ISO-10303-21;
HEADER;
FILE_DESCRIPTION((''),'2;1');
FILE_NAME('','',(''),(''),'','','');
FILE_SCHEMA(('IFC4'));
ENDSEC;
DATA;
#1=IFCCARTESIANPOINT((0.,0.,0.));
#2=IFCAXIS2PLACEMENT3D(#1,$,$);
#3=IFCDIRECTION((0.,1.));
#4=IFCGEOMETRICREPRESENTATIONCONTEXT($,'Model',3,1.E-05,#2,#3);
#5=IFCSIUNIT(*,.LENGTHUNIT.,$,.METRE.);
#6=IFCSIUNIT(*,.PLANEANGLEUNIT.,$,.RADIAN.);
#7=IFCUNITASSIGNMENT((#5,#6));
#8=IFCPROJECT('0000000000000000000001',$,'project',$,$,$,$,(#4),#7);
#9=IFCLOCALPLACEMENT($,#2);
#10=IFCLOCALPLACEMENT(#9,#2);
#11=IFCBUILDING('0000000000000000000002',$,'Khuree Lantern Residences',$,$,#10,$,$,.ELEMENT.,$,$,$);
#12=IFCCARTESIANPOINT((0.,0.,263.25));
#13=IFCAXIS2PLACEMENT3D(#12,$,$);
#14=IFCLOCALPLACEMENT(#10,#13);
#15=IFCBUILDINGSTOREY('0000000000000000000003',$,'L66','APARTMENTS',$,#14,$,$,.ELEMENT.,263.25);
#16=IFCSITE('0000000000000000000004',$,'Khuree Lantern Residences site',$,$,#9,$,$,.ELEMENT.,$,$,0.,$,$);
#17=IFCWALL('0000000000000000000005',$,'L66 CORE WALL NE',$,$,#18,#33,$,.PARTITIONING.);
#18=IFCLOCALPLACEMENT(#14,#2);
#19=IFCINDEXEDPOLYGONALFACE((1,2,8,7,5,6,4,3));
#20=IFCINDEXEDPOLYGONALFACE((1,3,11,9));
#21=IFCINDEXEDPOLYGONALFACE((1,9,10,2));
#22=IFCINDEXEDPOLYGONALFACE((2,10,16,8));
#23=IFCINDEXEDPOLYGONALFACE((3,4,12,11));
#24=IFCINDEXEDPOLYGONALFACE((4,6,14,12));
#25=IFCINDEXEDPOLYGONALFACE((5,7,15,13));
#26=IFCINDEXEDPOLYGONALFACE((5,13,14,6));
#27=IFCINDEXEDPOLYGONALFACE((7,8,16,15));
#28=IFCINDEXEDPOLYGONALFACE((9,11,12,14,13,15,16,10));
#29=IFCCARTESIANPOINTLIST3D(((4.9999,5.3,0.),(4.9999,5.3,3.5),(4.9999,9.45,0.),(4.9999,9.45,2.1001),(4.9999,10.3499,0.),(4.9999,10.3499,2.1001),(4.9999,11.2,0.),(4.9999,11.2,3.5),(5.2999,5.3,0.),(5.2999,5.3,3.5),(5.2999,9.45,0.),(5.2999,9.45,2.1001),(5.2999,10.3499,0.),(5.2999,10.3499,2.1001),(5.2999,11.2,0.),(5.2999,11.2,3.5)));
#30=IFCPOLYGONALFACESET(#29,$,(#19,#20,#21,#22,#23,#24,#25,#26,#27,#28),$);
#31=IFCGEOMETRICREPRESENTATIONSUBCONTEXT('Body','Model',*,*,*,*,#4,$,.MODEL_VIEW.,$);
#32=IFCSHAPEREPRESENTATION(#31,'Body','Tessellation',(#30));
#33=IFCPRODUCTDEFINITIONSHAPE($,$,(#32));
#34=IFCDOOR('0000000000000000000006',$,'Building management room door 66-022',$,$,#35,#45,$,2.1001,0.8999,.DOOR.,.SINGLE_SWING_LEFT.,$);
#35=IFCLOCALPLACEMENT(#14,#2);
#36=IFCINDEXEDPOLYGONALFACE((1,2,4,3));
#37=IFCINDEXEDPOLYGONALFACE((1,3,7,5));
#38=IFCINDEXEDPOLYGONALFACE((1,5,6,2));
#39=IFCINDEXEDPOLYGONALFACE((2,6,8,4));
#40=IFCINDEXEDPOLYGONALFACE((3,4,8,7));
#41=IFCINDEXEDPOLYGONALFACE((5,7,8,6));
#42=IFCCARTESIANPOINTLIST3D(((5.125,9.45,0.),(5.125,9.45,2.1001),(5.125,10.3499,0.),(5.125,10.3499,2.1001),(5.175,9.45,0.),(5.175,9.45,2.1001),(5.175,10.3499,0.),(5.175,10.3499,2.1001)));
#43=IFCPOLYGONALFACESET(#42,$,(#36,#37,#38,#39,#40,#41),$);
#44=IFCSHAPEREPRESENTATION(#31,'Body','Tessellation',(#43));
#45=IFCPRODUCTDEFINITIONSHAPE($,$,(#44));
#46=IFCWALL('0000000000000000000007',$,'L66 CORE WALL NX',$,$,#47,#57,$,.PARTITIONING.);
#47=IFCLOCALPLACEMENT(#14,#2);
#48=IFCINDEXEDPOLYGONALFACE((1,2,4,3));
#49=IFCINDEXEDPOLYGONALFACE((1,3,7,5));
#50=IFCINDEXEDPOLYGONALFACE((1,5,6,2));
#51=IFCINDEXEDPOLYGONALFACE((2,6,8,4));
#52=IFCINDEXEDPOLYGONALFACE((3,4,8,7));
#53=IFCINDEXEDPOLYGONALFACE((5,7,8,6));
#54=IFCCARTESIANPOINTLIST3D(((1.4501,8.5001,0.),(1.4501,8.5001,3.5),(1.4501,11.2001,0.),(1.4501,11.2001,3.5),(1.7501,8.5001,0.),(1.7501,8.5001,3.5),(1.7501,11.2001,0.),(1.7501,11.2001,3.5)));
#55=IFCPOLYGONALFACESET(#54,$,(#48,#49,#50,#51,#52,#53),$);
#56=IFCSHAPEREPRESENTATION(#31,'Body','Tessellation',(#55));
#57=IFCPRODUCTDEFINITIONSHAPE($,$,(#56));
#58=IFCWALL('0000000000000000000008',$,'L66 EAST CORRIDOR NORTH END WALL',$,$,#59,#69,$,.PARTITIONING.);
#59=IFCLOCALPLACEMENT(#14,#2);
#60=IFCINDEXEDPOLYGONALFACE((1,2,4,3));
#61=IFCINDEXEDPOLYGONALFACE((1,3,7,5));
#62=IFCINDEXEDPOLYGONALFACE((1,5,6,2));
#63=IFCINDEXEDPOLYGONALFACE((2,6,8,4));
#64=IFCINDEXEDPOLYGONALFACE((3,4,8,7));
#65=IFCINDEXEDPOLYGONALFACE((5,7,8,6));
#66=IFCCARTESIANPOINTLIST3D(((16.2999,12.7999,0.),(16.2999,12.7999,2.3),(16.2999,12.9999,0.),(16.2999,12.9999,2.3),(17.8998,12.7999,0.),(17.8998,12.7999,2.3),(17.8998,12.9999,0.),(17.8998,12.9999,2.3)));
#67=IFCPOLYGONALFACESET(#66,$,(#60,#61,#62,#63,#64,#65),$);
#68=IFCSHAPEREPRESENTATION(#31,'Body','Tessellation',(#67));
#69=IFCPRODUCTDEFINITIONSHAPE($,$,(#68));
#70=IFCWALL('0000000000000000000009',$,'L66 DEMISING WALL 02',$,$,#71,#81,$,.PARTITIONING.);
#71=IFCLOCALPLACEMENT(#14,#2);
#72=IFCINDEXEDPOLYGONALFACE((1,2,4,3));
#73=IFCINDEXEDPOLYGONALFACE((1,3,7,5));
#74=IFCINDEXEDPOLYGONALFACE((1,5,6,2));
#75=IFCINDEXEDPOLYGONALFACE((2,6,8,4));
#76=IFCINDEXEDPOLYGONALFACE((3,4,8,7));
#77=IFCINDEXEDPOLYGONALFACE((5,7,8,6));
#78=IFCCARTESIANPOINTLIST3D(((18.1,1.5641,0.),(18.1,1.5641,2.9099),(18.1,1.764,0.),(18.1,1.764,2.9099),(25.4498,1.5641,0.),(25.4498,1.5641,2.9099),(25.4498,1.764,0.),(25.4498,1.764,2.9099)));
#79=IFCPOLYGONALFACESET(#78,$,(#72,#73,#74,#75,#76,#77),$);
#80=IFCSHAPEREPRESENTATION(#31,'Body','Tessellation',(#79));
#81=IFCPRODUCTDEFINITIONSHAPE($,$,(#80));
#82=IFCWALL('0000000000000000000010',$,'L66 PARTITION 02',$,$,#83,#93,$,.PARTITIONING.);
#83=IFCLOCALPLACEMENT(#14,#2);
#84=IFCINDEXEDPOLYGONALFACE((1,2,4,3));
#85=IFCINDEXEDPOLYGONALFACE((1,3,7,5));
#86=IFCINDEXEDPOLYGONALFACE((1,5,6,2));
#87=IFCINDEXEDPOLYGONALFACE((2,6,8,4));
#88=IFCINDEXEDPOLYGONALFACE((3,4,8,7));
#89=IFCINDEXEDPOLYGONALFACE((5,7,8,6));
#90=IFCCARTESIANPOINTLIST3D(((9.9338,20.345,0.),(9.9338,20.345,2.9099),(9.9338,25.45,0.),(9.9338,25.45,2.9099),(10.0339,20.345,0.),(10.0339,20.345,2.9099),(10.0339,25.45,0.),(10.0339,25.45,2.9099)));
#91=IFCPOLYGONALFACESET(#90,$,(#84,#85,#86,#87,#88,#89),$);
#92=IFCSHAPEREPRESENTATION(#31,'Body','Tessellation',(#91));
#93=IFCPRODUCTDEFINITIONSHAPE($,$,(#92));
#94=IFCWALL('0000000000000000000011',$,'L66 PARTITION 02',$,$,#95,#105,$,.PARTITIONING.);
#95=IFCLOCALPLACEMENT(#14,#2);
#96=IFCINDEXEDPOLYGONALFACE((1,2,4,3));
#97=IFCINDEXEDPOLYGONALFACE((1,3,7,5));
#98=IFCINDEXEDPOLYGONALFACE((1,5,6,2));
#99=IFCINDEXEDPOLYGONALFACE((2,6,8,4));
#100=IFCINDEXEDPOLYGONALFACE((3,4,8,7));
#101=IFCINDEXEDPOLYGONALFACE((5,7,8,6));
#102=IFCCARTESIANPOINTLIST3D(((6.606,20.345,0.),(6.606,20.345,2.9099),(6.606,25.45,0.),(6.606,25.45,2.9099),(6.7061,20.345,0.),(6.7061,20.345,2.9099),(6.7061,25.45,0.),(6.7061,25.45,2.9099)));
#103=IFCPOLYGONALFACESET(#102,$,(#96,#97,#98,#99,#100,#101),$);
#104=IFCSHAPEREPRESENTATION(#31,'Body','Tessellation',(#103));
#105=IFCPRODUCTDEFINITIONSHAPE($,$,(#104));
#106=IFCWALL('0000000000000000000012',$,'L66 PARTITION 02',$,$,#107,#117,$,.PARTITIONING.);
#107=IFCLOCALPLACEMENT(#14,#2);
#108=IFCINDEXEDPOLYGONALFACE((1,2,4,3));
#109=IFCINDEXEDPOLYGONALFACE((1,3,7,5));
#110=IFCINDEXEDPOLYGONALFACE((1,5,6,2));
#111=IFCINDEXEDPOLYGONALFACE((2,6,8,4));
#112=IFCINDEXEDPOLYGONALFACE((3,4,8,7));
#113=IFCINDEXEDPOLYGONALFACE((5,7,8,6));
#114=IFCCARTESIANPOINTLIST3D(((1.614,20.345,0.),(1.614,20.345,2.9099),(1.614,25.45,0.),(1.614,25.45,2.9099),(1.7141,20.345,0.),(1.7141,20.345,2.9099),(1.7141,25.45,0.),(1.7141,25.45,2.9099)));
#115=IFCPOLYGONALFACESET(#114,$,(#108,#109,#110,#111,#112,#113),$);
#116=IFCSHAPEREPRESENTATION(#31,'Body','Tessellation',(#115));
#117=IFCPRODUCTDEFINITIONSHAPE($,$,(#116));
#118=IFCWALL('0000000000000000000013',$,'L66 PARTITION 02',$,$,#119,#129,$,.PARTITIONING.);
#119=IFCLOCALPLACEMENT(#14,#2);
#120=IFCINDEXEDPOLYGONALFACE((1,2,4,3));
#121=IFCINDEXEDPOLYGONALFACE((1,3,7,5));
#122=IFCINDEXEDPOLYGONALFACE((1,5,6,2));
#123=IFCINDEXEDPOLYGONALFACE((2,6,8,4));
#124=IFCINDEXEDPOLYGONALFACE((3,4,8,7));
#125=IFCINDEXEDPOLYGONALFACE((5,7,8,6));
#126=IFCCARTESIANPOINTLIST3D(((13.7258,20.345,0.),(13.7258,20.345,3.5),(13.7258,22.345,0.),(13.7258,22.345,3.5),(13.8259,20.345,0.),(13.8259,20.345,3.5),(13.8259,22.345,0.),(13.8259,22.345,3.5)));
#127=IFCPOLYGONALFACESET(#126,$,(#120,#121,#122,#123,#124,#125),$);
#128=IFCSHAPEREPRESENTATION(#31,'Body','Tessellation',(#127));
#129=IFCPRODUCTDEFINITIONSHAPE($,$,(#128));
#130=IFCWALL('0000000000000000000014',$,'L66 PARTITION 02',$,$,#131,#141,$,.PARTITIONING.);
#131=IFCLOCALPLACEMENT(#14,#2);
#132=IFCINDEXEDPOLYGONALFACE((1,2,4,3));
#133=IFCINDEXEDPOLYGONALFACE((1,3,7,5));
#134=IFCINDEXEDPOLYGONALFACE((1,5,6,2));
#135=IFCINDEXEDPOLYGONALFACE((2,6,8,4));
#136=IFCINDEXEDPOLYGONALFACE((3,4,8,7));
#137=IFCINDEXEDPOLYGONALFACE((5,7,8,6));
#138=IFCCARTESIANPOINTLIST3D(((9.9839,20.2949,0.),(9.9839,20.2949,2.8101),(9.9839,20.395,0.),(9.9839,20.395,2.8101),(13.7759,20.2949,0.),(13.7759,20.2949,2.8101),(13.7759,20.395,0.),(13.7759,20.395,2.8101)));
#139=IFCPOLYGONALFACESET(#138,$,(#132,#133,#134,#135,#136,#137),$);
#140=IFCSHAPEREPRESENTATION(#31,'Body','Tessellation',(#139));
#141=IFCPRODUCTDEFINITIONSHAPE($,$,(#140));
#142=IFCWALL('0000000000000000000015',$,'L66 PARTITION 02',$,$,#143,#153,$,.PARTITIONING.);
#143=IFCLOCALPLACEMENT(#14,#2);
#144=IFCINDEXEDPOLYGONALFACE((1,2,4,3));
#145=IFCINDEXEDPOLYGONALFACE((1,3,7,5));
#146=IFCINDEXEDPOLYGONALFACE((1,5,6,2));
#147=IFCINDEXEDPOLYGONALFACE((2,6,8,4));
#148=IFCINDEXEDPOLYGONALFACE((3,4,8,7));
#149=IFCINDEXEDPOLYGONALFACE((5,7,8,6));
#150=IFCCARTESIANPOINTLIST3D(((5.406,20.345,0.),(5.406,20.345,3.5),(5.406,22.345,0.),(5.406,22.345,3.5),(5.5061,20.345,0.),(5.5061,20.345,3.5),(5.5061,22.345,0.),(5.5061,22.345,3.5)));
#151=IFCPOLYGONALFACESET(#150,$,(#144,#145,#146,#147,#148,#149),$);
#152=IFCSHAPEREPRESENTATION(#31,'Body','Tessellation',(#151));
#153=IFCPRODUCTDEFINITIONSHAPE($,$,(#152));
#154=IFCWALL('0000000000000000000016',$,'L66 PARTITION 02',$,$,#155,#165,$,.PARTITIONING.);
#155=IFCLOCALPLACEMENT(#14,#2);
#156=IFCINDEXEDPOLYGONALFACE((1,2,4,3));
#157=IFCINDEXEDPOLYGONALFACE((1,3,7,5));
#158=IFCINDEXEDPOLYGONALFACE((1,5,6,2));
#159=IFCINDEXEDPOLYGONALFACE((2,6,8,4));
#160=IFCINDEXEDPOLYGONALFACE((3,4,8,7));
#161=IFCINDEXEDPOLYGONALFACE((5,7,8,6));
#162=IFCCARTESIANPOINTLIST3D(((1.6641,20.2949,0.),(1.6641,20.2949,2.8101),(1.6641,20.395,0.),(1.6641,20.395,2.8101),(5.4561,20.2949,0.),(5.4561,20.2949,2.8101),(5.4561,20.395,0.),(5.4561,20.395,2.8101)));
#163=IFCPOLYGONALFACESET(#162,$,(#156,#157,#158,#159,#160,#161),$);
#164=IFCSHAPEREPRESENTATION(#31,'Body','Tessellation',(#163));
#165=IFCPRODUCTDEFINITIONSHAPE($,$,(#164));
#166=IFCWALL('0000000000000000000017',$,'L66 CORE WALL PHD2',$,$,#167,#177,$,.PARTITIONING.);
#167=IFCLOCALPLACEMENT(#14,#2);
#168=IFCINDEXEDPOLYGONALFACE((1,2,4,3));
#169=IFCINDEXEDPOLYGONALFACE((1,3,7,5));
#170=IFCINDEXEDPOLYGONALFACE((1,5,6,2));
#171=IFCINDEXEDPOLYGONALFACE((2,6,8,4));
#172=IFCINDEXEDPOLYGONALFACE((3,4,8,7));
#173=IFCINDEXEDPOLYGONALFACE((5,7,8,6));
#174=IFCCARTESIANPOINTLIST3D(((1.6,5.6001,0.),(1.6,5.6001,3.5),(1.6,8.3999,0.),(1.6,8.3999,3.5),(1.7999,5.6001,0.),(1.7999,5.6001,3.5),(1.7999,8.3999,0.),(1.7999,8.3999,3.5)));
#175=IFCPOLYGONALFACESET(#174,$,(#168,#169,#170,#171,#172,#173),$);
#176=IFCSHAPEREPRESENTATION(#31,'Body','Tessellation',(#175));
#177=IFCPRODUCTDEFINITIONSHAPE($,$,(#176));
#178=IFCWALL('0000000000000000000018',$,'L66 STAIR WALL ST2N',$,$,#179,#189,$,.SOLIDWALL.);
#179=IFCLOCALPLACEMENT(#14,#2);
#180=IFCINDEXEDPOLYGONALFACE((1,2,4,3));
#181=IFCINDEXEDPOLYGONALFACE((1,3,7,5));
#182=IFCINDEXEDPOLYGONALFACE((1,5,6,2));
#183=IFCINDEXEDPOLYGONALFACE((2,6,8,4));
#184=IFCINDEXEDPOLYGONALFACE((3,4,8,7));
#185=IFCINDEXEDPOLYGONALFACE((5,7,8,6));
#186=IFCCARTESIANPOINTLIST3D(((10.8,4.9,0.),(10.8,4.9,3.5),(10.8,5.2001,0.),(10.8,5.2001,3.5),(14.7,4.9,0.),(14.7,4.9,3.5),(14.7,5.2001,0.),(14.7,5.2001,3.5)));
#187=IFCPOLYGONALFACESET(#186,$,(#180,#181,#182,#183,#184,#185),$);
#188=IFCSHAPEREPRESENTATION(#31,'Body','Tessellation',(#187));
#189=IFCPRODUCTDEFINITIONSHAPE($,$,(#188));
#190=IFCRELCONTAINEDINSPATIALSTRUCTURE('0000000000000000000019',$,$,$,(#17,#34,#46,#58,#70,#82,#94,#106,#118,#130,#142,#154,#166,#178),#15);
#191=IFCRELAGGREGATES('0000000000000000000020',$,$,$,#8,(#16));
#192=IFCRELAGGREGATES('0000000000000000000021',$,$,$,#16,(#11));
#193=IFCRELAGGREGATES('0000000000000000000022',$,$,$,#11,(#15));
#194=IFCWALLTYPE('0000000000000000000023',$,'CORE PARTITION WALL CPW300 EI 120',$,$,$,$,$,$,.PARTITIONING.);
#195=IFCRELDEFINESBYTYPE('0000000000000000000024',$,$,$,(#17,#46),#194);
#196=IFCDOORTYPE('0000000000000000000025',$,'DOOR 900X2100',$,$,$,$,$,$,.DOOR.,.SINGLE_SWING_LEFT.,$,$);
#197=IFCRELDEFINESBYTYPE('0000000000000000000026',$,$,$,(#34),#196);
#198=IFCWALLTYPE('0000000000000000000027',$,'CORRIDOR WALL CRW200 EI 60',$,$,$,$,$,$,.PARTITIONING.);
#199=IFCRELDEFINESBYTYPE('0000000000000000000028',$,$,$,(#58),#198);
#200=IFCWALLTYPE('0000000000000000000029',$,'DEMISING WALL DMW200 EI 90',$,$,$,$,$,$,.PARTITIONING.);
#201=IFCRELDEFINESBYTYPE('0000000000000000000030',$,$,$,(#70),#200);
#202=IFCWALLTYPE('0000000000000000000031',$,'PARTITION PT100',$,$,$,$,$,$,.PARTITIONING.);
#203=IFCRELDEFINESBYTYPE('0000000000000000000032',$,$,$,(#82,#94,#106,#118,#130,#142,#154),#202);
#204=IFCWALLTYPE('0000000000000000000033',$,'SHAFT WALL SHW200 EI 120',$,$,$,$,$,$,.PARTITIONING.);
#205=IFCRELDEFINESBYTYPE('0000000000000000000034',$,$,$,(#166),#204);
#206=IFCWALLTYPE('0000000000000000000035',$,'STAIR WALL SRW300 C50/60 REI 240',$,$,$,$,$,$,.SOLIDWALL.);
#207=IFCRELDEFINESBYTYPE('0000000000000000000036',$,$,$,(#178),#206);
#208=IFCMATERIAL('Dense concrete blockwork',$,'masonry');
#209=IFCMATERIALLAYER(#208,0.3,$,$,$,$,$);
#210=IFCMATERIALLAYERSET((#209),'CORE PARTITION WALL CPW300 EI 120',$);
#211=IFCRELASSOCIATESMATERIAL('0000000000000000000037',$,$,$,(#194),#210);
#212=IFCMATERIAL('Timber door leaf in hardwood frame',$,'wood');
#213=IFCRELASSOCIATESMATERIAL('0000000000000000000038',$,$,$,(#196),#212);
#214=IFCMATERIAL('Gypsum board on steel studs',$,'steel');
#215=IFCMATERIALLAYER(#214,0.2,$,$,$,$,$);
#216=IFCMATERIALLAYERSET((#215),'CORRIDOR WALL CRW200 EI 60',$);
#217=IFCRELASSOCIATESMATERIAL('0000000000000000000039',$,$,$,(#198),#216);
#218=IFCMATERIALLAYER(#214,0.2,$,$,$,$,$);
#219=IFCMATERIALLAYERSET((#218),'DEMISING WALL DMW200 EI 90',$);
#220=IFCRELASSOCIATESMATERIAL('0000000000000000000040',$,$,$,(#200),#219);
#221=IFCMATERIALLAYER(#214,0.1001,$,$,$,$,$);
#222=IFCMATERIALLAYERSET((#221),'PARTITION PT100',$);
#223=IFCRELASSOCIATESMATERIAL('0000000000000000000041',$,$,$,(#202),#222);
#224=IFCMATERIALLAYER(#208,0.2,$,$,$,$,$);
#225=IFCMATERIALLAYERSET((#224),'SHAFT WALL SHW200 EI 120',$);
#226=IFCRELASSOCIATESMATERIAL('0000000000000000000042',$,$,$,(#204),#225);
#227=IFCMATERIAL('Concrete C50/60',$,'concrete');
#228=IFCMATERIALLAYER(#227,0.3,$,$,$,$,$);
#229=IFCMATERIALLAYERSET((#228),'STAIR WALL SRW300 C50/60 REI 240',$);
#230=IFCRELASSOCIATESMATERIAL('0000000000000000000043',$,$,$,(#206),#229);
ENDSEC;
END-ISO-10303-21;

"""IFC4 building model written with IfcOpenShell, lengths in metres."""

from ifc_helpers import new_model, si_unit, direction, frame, frame_2d, origin, place, context, subcontext, project, spatial, rectangle, extrude, material, layer, layer_set, type_object, element, fill, save


model = new_model("IFC4")

# Units and contexts
model_context = context("Model", 3, precision=1e-05, world=origin(), true_north=direction((0.0, 1.0)))
body_context = subcontext(model_context, "Body", "Model", "MODEL_VIEW")
ifc_project = project(units=[si_unit("LENGTHUNIT", "METRE"), si_unit("PLANEANGLEUNIT", "RADIAN")], contexts=[model_context])

# Site, building, storey
site_placement = place(None, origin())
site = spatial("IfcSite", under=ifc_project, at=site_placement, Name="Khuree Lantern Residences site", CompositionType="ELEMENT", RefElevation=0.0)
building_placement = place(site_placement, origin())
building = spatial("IfcBuilding", under=site, at=building_placement, Name="Khuree Lantern Residences", CompositionType="ELEMENT")
storey_placement = place(building_placement, frame((0.0, 0.0, 263.25)))
storey = spatial("IfcBuildingStorey", under=building, at=storey_placement, Name="L66", Description="APARTMENTS", CompositionType="ELEMENT", Elevation=263.25)

# Shared definitions
ifc_material_1 = material(Name="Concrete C50/60", Category="concrete")

# Shared definitions
ifc_material_2 = material(Name="Dense concrete blockwork", Category="masonry")
ifc_layer_1 = layer(ifc_material_2, 0.3)
ifc_layer_set_1 = layer_set([ifc_layer_1], Name="CORE PARTITION WALL CPW300 EI 120")
wall_type_1 = type_object("IfcWallType", Name="CORE PARTITION WALL CPW300 EI 120", PredefinedType="PARTITIONING", material=ifc_layer_set_1)

# Wall, opening, door
wall_1_placement = place(storey_placement, frame((5.1499, 5.3, 0.0), z_axis=(0.0, 0.0, 1.0), x_axis=(0.0, 1.0, 0.0)))
wall_1 = element("IfcWall", 1, at=wall_1_placement, inside=storey, type_object=wall_type_1, Name="L66 CORE WALL NE", PredefinedType="PARTITIONING", context=body_context, shape_type="SweptSolid", body=[
    extrude(rectangle(XDim=5.8999, YDim=0.3, at=frame_2d((2.95, 0.0))), origin(), (0.0, 0.0, 1.0), 3.5),
])
opening_placement = place(wall_1_placement, frame((4.1499, 0.0, 0.0)))
opening = element("IfcOpeningElement", 2, at=opening_placement, cuts=wall_1, PredefinedType="OPENING", context=body_context, shape_type="SweptSolid", body=[
    extrude(rectangle(XDim=0.8999, YDim=2.1001, at=frame_2d((0.45, 1.05))), frame((0.0, 0.1602, 0.0), z_axis=(0.0, -1.0, 0.0), x_axis=(1.0, 0.0, 0.0)), (0.0, 0.0, 1.0), 0.3201),
])
ifc_material_3 = material(Name="Timber door leaf in hardwood frame", Category="wood")
door_type = type_object("IfcDoorType", Name="DOOR 900X2100", OperationType="SINGLE_SWING_LEFT", PredefinedType="DOOR", material=ifc_material_3)
door_placement = place(opening_placement, origin())
door = element("IfcDoor", 3, at=door_placement, inside=storey, type_object=door_type, Name="Building management room door 66-022", OperationType="SINGLE_SWING_LEFT", OverallHeight=2.1001, OverallWidth=0.8999, PredefinedType="DOOR", context=body_context, shape_type="SweptSolid", body=[
    extrude(rectangle(XDim=0.8999, YDim=2.1001, at=frame_2d((0.45, 1.05))), frame((0.0, 0.0249, 0.0), z_axis=(0.0, -1.0, 0.0), x_axis=(1.0, 0.0, 0.0)), (0.0, 0.0, 1.0), 0.05),
])
fill(opening, door)

# Walls
wall_2_placement = place(storey_placement, frame((1.6001, 8.5, 0.0), z_axis=(0.0, 0.0, 1.0), x_axis=(0.0, 1.0, 0.0)))
element("IfcWall", 4, at=wall_2_placement, inside=storey, type_object=wall_type_1, Name="L66 CORE WALL NX", PredefinedType="PARTITIONING", context=body_context, shape_type="SweptSolid", body=[
    extrude(rectangle(XDim=2.7, YDim=0.3, at=frame_2d((1.3501, 0.0))), origin(), (0.0, 0.0, 1.0), 3.5),
])
ifc_material_4 = material(Name="Gypsum board on steel studs", Category="steel")
ifc_layer_2 = layer(ifc_material_4, 0.2)
ifc_layer_set_2 = layer_set([ifc_layer_2], Name="CORRIDOR WALL CRW200 EI 60")
wall_type_2 = type_object("IfcWallType", Name="CORRIDOR WALL CRW200 EI 60", PredefinedType="PARTITIONING", material=ifc_layer_set_2)
wall_3_placement = place(storey_placement, frame((16.3, 12.8999, 0.0), z_axis=(0.0, 0.0, 1.0), x_axis=(1.0, 0.0, 0.0)))
element("IfcWall", 5, at=wall_3_placement, inside=storey, type_object=wall_type_2, Name="L66 EAST CORRIDOR NORTH END WALL", PredefinedType="PARTITIONING", context=body_context, shape_type="SweptSolid", body=[
    extrude(rectangle(XDim=1.5999, YDim=0.2, at=frame_2d((0.7998, 0.0))), origin(), (0.0, 0.0, 1.0), 2.3),
])
ifc_layer_3 = layer(ifc_material_4, 0.2)
ifc_layer_set_3 = layer_set([ifc_layer_3], Name="DEMISING WALL DMW200 EI 90")
wall_type_3 = type_object("IfcWallType", Name="DEMISING WALL DMW200 EI 90", PredefinedType="PARTITIONING", material=ifc_layer_set_3)
wall_4_placement = place(storey_placement, frame((18.1001, 1.6641, 0.0), z_axis=(0.0, 0.0, 1.0), x_axis=(1.0, 0.0, 0.0)))
element("IfcWall", 6, at=wall_4_placement, inside=storey, type_object=wall_type_3, Name="L66 DEMISING WALL 02", PredefinedType="PARTITIONING", context=body_context, shape_type="SweptSolid", body=[
    extrude(rectangle(XDim=7.3499, YDim=0.2, at=frame_2d((3.6748, 0.0))), origin(), (0.0, 0.0, 1.0), 2.9099),
])
ifc_layer_4 = layer(ifc_material_4, 0.1001)
ifc_layer_set_4 = layer_set([ifc_layer_4], Name="PARTITION PT100")
wall_type_4 = type_object("IfcWallType", Name="PARTITION PT100", PredefinedType="PARTITIONING", material=ifc_layer_set_4)
for number, where, z_axis, x_axis, name in (
    (7, (9.9839, 20.345, 0.0), (0.0, 0.0, 1.0), (0.0, 1.0, 0.0), "L66 PARTITION 02"),
    (8, (6.656, 20.345, 0.0), (0.0, 0.0, 1.0), (0.0, 1.0, 0.0), "L66 PARTITION 02"),
    (9, (1.6641, 20.345, 0.0), (0.0, 0.0, 1.0), (0.0, 1.0, 0.0), "L66 PARTITION 02"),
):
    element("IfcWall", number, at=place(storey_placement, frame(where, z_axis=z_axis, x_axis=x_axis)), inside=storey, type_object=wall_type_4, Name=name, PredefinedType="PARTITIONING", context=body_context, shape_type="SweptSolid", body=[
        extrude(rectangle(XDim=5.105, YDim=0.1001, at=frame_2d((2.5525, 0.0))), origin(), (0.0, 0.0, 1.0), 2.9099),
    ])
wall_5_placement = place(storey_placement, frame((13.7759, 20.345, 0.0), z_axis=(0.0, 0.0, 1.0), x_axis=(0.0, 1.0, 0.0)))
element("IfcWall", 10, at=wall_5_placement, inside=storey, type_object=wall_type_4, Name="L66 PARTITION 02", PredefinedType="PARTITIONING", context=body_context, shape_type="SweptSolid", body=[
    extrude(rectangle(XDim=2.0, YDim=0.1001, at=frame_2d((1.0, 0.0))), origin(), (0.0, 0.0, 1.0), 3.5),
])
wall_6_placement = place(storey_placement, frame((13.7759, 20.345, 0.0), z_axis=(0.0, 0.0, 1.0), x_axis=(-1.0, 0.0, 0.0)))
element("IfcWall", 11, at=wall_6_placement, inside=storey, type_object=wall_type_4, Name="L66 PARTITION 02", PredefinedType="PARTITIONING", context=body_context, shape_type="SweptSolid", body=[
    extrude(rectangle(XDim=3.792, YDim=0.1001, at=frame_2d((1.896, 0.0))), origin(), (0.0, 0.0, 1.0), 2.8101),
])
wall_7_placement = place(storey_placement, frame((5.4561, 20.345, 0.0), z_axis=(0.0, 0.0, 1.0), x_axis=(0.0, 1.0, 0.0)))
element("IfcWall", 12, at=wall_7_placement, inside=storey, type_object=wall_type_4, Name="L66 PARTITION 02", PredefinedType="PARTITIONING", context=body_context, shape_type="SweptSolid", body=[
    extrude(rectangle(XDim=2.0, YDim=0.1001, at=frame_2d((1.0, 0.0))), origin(), (0.0, 0.0, 1.0), 3.5),
])
wall_8_placement = place(storey_placement, frame((5.4561, 20.345, 0.0), z_axis=(0.0, 0.0, 1.0), x_axis=(-1.0, 0.0, 0.0)))
element("IfcWall", 13, at=wall_8_placement, inside=storey, type_object=wall_type_4, Name="L66 PARTITION 02", PredefinedType="PARTITIONING", context=body_context, shape_type="SweptSolid", body=[
    extrude(rectangle(XDim=3.792, YDim=0.1001, at=frame_2d((1.896, 0.0))), origin(), (0.0, 0.0, 1.0), 2.8101),
])
ifc_layer_5 = layer(ifc_material_2, 0.2)
ifc_layer_set_5 = layer_set([ifc_layer_5], Name="SHAFT WALL SHW200 EI 120")
wall_type_5 = type_object("IfcWallType", Name="SHAFT WALL SHW200 EI 120", PredefinedType="PARTITIONING", material=ifc_layer_set_5)
wall_9_placement = place(storey_placement, frame((1.7, 5.6001, 0.0), z_axis=(0.0, 0.0, 1.0), x_axis=(0.0, 1.0, 0.0)))
element("IfcWall", 14, at=wall_9_placement, inside=storey, type_object=wall_type_5, Name="L66 CORE WALL PHD2", PredefinedType="PARTITIONING", context=body_context, shape_type="SweptSolid", body=[
    extrude(rectangle(XDim=2.7998, YDim=0.2, at=frame_2d((1.3999, 0.0))), origin(), (0.0, 0.0, 1.0), 3.5),
])
ifc_layer_6 = layer(ifc_material_1, 0.3)
ifc_layer_set_6 = layer_set([ifc_layer_6], Name="STAIR WALL SRW300 C50/60 REI 240")
wall_type_6 = type_object("IfcWallType", Name="STAIR WALL SRW300 C50/60 REI 240", PredefinedType="SOLIDWALL", material=ifc_layer_set_6)
wall_10_placement = place(storey_placement, frame((14.7, 5.05, 0.0), z_axis=(0.0, 0.0, 1.0), x_axis=(-1.0, 0.0, 0.0)))
element("IfcWall", 15, at=wall_10_placement, inside=storey, type_object=wall_type_6, Name="L66 STAIR WALL ST2N", PredefinedType="SOLIDWALL", context=body_context, shape_type="SweptSolid", body=[
    extrude(rectangle(XDim=3.8999, YDim=0.3, at=frame_2d((1.95, 0.0))), origin(), (0.0, 0.0, 1.0), 3.5),
])

save(model, "model.ifc")
